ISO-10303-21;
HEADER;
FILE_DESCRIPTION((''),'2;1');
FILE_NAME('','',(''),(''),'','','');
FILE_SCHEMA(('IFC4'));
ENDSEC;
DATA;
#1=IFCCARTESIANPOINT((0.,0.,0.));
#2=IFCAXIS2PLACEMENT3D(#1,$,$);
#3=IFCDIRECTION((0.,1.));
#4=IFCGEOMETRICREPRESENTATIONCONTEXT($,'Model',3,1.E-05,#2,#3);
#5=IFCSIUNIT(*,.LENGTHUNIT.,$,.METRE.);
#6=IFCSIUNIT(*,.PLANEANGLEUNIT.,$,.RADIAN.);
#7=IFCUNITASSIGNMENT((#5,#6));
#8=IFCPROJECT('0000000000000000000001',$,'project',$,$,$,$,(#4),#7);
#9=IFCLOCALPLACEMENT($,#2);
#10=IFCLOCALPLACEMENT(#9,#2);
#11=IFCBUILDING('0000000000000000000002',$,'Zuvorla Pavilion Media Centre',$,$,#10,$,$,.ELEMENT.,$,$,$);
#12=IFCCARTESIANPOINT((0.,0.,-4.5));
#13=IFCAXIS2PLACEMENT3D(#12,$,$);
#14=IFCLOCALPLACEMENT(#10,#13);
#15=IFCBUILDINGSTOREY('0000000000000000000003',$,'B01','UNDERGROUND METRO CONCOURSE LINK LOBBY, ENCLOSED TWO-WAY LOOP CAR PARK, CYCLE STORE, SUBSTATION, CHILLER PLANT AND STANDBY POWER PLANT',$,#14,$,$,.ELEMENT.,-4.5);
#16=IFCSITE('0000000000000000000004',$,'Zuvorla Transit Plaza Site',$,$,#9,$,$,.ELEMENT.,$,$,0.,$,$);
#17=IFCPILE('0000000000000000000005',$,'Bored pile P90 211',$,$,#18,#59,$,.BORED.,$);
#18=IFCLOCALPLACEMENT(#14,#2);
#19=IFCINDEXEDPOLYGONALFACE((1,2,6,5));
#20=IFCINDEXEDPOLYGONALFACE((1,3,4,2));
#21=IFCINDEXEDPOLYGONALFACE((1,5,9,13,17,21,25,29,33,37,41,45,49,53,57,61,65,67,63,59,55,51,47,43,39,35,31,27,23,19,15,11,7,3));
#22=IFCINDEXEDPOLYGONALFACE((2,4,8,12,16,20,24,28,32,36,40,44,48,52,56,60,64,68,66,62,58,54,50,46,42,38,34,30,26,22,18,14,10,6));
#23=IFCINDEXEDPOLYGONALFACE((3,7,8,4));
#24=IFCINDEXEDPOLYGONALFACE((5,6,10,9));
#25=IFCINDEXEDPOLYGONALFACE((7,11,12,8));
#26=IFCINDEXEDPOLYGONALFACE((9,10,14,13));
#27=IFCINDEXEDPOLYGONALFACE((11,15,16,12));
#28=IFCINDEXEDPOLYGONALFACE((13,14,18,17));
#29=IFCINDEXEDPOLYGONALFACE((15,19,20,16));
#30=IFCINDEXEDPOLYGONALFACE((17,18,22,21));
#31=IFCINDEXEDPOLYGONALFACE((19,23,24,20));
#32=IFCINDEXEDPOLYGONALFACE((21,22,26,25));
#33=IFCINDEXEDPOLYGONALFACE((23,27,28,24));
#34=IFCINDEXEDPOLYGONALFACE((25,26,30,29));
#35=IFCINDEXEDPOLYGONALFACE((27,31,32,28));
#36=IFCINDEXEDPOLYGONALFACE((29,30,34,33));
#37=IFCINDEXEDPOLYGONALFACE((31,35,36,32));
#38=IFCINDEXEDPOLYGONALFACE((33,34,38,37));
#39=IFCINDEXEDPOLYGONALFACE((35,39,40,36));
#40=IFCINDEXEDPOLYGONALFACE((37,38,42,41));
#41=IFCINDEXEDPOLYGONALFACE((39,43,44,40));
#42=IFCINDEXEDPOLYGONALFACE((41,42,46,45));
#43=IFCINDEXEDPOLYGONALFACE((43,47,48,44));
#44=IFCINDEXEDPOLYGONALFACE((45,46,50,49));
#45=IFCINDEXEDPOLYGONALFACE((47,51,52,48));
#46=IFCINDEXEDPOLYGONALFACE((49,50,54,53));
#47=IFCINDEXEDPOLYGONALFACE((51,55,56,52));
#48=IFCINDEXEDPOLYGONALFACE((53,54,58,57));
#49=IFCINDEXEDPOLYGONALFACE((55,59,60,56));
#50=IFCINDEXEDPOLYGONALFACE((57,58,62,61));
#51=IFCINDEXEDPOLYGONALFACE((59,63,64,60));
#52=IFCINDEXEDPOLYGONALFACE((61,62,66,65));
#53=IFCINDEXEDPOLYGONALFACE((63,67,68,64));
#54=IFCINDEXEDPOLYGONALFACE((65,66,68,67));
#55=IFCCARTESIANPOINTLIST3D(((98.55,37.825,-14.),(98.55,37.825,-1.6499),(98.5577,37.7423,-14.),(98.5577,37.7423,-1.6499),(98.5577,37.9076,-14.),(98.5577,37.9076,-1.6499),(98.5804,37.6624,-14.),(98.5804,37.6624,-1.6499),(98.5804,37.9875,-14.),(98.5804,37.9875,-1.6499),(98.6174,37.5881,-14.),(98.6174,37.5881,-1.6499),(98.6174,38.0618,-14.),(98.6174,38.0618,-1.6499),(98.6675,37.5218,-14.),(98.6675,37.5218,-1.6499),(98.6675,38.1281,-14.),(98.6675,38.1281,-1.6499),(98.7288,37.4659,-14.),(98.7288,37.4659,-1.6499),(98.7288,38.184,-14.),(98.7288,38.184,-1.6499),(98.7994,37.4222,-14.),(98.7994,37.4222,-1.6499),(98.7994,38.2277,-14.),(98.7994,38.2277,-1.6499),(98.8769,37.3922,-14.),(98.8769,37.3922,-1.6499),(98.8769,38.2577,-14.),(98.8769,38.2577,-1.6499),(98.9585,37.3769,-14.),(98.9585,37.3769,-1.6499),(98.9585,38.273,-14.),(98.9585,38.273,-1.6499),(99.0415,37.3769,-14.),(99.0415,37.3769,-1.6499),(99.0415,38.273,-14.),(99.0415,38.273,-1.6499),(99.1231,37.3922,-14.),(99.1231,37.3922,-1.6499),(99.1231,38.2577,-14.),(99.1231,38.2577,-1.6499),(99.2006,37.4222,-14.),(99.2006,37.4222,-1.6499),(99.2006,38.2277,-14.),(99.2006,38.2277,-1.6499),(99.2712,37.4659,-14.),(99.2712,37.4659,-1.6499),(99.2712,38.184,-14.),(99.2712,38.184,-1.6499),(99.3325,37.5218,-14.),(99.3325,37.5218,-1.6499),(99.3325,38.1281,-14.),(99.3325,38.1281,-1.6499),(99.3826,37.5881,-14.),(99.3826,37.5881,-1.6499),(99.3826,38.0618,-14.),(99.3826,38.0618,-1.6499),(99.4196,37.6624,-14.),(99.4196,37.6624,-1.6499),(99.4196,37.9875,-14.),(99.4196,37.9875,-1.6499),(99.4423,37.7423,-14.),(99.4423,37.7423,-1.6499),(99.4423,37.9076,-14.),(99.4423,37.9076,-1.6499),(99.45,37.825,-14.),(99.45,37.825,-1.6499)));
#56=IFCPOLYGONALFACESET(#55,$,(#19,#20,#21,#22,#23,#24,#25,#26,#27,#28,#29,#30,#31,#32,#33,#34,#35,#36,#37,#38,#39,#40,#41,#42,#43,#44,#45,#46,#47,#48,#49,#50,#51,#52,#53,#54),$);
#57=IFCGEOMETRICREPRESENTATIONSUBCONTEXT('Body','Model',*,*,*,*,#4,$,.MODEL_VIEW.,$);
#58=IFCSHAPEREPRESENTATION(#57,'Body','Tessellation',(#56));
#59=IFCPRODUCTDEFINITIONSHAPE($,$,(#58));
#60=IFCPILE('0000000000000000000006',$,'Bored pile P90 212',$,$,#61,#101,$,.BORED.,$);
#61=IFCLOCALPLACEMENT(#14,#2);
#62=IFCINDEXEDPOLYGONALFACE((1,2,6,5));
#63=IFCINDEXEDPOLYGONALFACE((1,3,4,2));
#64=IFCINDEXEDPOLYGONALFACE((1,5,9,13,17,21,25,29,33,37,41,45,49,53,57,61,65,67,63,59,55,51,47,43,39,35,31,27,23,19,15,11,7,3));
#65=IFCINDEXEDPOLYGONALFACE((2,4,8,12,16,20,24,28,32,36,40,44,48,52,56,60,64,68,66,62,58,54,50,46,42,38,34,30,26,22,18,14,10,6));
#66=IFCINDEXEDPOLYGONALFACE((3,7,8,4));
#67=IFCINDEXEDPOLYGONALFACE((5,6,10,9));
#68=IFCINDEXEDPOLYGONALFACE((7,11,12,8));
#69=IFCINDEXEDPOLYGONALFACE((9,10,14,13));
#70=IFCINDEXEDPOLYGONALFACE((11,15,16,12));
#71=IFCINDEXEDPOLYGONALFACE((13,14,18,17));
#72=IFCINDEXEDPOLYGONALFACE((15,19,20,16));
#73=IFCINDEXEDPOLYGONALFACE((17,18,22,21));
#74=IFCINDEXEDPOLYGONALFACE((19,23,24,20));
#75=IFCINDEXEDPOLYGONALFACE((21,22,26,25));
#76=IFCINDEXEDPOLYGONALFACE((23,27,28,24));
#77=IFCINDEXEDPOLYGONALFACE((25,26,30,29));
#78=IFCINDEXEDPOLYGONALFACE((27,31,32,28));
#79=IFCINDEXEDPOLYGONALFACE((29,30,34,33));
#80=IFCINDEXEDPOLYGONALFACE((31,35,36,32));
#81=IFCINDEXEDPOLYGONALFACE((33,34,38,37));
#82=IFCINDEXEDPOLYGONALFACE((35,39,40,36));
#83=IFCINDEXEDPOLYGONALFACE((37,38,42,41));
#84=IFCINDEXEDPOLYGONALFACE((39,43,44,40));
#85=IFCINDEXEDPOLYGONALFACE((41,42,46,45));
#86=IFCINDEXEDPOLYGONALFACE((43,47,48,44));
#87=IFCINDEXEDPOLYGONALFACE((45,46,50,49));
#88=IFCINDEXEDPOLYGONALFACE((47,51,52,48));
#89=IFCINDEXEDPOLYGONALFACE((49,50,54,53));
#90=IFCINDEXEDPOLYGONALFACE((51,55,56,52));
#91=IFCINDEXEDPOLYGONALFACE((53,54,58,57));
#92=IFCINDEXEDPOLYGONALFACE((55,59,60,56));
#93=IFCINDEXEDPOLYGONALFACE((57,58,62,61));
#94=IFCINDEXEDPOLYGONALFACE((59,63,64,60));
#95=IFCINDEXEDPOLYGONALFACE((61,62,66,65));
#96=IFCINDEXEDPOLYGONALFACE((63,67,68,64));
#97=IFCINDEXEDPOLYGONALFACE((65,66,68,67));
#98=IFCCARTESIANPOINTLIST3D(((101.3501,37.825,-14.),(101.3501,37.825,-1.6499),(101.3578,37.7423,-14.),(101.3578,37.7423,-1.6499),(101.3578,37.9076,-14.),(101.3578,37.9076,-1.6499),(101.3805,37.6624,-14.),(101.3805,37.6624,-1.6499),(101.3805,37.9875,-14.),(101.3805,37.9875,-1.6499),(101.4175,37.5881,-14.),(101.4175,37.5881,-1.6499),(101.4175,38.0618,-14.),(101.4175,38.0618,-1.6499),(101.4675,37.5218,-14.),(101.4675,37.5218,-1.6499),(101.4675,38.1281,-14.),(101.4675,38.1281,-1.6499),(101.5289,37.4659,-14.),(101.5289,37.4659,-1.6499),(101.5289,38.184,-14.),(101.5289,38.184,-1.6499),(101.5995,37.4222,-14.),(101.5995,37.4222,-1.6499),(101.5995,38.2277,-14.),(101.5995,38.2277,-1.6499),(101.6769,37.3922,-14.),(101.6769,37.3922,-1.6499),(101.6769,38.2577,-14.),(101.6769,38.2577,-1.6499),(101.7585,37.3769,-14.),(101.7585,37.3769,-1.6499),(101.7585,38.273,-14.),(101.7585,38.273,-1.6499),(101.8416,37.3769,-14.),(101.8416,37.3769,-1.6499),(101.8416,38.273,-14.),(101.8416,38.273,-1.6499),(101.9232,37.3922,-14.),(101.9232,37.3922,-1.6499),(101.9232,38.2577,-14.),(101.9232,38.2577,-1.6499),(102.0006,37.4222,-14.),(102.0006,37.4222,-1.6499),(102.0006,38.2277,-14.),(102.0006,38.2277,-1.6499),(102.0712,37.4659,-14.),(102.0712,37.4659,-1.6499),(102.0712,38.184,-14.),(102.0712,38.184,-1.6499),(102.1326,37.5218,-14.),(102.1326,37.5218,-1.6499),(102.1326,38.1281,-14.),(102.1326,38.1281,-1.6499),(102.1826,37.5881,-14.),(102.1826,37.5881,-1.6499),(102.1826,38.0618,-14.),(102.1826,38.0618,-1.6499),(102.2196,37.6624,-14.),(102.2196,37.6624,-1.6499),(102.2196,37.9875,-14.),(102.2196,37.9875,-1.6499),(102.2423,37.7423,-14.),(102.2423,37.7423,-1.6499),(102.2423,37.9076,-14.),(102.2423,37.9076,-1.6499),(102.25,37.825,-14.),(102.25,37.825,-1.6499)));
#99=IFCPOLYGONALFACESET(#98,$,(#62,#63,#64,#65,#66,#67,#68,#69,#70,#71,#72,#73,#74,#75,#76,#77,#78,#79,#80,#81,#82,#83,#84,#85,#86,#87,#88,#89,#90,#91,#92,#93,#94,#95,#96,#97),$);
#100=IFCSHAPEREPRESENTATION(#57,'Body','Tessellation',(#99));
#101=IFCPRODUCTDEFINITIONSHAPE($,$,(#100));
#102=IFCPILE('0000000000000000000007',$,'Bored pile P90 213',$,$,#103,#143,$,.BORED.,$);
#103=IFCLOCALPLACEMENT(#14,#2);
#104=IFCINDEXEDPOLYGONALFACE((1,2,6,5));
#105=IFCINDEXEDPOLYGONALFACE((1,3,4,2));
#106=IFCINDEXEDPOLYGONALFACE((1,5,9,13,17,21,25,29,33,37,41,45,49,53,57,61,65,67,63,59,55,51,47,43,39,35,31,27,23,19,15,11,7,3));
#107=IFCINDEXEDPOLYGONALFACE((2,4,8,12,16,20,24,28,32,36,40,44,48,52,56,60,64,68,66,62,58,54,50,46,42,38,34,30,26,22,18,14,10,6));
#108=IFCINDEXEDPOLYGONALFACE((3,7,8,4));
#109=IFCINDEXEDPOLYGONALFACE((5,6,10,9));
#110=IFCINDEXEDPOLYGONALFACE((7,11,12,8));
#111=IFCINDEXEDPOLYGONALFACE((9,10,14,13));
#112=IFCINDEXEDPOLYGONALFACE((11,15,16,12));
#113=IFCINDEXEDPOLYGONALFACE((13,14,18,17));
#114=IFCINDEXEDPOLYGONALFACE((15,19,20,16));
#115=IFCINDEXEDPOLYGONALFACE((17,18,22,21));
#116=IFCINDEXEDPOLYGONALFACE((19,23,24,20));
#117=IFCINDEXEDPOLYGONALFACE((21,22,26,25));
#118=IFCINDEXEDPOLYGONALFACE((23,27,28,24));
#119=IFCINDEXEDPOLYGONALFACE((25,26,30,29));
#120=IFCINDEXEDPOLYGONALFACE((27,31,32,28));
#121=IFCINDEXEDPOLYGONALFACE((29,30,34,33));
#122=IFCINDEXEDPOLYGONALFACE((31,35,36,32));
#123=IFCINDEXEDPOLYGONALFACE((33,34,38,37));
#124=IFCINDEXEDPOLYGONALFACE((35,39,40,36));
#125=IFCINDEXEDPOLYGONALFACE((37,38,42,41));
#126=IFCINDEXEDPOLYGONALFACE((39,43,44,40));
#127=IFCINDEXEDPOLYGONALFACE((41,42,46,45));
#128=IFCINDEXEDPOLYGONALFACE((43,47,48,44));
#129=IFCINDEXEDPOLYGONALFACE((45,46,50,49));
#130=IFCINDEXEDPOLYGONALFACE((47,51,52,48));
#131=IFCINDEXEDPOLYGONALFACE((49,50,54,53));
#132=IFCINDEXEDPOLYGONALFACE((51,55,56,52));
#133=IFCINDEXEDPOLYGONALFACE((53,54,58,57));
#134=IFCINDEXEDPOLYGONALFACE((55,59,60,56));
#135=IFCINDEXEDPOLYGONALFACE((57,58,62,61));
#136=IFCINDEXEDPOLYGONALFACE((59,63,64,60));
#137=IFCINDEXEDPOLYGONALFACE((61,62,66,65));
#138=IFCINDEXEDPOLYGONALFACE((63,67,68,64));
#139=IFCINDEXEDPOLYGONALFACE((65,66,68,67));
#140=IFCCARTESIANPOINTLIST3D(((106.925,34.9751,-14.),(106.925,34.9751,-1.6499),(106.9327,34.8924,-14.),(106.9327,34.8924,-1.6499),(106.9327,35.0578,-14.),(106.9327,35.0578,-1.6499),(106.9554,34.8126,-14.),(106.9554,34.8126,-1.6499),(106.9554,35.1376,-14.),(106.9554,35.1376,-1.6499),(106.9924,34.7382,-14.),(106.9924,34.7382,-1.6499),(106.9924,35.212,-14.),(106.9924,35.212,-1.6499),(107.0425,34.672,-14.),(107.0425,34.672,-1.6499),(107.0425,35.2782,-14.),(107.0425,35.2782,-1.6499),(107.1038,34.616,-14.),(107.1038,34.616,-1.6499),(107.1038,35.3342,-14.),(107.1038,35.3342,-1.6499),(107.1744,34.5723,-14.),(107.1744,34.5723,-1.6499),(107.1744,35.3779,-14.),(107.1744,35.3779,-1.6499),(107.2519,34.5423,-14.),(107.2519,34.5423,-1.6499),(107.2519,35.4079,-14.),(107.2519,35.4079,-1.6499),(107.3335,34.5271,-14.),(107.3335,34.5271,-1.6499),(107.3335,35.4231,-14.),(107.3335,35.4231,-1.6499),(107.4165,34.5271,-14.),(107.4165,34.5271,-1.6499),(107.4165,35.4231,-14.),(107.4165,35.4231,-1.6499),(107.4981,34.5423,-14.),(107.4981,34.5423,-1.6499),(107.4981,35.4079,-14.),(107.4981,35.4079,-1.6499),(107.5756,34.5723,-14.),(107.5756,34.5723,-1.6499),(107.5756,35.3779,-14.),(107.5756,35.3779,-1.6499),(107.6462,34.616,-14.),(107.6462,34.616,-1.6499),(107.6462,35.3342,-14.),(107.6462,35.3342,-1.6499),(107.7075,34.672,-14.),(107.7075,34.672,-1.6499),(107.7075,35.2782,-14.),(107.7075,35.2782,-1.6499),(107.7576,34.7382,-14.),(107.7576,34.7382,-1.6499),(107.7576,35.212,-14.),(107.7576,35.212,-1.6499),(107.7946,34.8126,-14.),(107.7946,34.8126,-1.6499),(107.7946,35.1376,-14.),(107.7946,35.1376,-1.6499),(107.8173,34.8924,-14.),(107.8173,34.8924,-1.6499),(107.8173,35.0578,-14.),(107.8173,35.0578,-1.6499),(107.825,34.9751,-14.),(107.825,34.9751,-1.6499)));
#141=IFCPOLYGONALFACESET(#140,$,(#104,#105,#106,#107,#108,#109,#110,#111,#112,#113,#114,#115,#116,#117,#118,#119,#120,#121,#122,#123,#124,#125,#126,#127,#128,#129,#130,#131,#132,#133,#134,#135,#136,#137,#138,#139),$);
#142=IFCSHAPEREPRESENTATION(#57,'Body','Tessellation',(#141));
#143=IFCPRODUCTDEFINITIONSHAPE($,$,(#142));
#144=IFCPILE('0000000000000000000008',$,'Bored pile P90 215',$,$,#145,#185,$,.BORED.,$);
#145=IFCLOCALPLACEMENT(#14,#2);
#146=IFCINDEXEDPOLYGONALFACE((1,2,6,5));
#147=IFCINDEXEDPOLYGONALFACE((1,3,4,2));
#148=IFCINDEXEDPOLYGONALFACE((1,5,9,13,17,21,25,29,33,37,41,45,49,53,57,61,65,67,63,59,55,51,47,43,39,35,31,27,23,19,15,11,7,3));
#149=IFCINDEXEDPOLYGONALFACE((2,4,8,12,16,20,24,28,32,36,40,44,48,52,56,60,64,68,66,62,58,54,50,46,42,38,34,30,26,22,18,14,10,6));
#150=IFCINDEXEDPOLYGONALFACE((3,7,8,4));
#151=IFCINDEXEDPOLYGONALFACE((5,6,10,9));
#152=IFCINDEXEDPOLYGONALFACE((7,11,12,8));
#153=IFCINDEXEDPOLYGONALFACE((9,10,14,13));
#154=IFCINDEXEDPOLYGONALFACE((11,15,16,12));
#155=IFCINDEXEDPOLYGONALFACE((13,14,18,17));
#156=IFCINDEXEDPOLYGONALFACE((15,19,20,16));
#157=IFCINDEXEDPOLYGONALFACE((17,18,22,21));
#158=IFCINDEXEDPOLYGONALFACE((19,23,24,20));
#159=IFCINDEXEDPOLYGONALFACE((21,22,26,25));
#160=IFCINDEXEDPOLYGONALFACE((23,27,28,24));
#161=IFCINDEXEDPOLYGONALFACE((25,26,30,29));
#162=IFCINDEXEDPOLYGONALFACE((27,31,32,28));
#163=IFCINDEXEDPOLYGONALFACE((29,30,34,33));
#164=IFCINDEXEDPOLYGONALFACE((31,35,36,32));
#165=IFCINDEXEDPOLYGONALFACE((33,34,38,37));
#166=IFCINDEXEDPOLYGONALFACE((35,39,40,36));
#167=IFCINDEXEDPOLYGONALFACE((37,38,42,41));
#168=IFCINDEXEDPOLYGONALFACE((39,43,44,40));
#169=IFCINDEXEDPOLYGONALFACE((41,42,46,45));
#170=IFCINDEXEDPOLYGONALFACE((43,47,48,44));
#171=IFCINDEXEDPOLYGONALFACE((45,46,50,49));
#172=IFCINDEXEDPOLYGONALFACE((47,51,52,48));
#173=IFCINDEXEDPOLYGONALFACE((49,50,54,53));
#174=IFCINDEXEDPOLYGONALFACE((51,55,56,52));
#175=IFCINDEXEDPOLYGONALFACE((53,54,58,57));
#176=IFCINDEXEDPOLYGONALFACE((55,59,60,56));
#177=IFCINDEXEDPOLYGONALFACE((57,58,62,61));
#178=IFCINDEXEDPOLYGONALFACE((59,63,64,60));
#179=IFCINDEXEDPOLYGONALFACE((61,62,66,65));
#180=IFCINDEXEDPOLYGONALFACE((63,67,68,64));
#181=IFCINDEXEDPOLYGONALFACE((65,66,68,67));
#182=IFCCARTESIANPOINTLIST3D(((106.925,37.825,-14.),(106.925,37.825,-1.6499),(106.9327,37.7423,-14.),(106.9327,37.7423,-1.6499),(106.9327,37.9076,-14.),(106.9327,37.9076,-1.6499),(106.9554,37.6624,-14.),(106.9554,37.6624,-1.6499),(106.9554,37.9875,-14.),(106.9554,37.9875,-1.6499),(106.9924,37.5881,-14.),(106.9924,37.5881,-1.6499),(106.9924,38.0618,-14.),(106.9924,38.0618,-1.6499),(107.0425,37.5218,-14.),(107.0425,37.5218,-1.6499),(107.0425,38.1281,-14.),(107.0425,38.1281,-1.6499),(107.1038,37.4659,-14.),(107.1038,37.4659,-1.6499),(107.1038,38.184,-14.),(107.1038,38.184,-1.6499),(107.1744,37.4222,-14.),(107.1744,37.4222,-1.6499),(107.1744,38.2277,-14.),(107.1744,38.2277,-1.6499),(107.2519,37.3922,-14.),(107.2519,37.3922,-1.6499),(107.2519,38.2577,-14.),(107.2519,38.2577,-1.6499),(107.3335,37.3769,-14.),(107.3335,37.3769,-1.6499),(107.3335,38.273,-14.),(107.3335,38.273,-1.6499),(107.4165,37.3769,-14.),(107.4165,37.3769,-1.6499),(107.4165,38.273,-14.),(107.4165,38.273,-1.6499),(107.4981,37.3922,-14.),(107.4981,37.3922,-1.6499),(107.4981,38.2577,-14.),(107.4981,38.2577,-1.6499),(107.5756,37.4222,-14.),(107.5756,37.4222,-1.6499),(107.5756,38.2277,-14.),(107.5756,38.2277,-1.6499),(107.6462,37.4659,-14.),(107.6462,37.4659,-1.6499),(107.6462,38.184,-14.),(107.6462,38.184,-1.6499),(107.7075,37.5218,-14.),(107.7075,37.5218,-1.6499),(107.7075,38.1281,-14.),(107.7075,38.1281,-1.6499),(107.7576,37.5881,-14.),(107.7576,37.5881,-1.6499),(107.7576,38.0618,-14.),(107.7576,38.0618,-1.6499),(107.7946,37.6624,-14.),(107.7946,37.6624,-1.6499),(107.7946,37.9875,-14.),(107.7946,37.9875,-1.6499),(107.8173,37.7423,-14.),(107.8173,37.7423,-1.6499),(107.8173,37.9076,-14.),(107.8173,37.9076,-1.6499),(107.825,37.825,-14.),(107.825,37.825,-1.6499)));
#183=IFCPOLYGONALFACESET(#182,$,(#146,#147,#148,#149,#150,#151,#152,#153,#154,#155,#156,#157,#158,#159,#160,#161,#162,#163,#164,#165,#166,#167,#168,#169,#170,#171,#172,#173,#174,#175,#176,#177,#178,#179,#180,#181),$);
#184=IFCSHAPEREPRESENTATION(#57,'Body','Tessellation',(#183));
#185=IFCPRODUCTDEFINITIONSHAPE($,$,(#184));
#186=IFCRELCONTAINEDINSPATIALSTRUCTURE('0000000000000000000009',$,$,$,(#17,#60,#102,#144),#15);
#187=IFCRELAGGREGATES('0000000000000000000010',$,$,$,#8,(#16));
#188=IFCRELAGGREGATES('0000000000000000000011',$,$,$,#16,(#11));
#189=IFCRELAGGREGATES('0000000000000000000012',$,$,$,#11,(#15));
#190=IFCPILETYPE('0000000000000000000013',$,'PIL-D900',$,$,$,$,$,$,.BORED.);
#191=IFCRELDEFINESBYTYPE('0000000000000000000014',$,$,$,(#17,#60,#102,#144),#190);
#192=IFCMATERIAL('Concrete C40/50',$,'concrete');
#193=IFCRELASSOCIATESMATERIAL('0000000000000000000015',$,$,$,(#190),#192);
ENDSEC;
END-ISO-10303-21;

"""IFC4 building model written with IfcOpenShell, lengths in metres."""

from ifc_helpers import new_model, si_unit, direction, frame, origin, origin_2d, place, context, subcontext, project, spatial, circle, extrude, material, material_profile, profile_set, type_object, element, save


model = new_model("IFC4")

# Units and contexts
model_context = context("Model", 3, precision=1e-05, world=origin(), true_north=direction((0.0, 1.0)))
body_context = subcontext(model_context, "Body", "Model", "MODEL_VIEW")
ifc_project = project(units=[si_unit("LENGTHUNIT", "METRE"), si_unit("PLANEANGLEUNIT", "RADIAN")], contexts=[model_context])

# Site, building, storey
site_placement = place(None, origin())
site = spatial("IfcSite", under=ifc_project, at=site_placement, Name="Zuvorla Transit Plaza Site", CompositionType="ELEMENT", RefElevation=0.0)
building_placement = place(site_placement, origin())
building = spatial("IfcBuilding", under=site, at=building_placement, Name="Zuvorla Pavilion Media Centre", CompositionType="ELEMENT")
storey_placement = place(building_placement, frame((0.0, 0.0, -4.5)))
storey = spatial("IfcBuildingStorey", under=building, at=storey_placement, Name="B01", Description="UNDERGROUND METRO CONCOURSE LINK LOBBY, ENCLOSED TWO-WAY LOOP CAR PARK, CYCLE STORE, SUBSTATION, CHILLER PLANT AND STANDBY POWER PLANT", CompositionType="ELEMENT", Elevation=-4.5)

# Shared definitions
ifc_material_1 = material(Name="Concrete C40/50", Category="concrete")

# Piles
ifc_material_profile_1 = material_profile(ifc_material_1, circle(Radius=0.45, at=origin_2d()), Name="BORED PILE 900")
ifc_profile_set_1 = profile_set([ifc_material_profile_1], Name="Concrete C40/50")
pile_type = type_object("IfcPileType", Name="PIL-D900", PredefinedType="BORED", material=ifc_profile_set_1)
for number, where, z_axis, x_axis, name in (
    (1, (99.0, 37.825, -1.6499), (0.0, 0.0, -1.0), (1.0, 0.0, 0.0), "Bored pile P90 211"),
    (2, (101.8, 37.825, -1.6499), (0.0, 0.0, -1.0), (1.0, 0.0, 0.0), "Bored pile P90 212"),
    (3, (107.375, 34.9751, -1.6499), (0.0, 0.0, -1.0), (1.0, 0.0, 0.0), "Bored pile P90 213"),
    (4, (107.375, 37.825, -1.6499), (0.0, 0.0, -1.0), (1.0, 0.0, 0.0), "Bored pile P90 215"),
):
    element("IfcPile", number, at=place(storey_placement, frame(where, z_axis=z_axis, x_axis=x_axis)), inside=storey, type_object=pile_type, Name=name, PredefinedType="BORED", context=body_context, shape_type="SweptSolid", body=[
        extrude(circle(Radius=0.45, at=origin_2d()), origin(), (0.0, 0.0, 1.0), 12.3501),
    ])

save(model, "model.ifc")
